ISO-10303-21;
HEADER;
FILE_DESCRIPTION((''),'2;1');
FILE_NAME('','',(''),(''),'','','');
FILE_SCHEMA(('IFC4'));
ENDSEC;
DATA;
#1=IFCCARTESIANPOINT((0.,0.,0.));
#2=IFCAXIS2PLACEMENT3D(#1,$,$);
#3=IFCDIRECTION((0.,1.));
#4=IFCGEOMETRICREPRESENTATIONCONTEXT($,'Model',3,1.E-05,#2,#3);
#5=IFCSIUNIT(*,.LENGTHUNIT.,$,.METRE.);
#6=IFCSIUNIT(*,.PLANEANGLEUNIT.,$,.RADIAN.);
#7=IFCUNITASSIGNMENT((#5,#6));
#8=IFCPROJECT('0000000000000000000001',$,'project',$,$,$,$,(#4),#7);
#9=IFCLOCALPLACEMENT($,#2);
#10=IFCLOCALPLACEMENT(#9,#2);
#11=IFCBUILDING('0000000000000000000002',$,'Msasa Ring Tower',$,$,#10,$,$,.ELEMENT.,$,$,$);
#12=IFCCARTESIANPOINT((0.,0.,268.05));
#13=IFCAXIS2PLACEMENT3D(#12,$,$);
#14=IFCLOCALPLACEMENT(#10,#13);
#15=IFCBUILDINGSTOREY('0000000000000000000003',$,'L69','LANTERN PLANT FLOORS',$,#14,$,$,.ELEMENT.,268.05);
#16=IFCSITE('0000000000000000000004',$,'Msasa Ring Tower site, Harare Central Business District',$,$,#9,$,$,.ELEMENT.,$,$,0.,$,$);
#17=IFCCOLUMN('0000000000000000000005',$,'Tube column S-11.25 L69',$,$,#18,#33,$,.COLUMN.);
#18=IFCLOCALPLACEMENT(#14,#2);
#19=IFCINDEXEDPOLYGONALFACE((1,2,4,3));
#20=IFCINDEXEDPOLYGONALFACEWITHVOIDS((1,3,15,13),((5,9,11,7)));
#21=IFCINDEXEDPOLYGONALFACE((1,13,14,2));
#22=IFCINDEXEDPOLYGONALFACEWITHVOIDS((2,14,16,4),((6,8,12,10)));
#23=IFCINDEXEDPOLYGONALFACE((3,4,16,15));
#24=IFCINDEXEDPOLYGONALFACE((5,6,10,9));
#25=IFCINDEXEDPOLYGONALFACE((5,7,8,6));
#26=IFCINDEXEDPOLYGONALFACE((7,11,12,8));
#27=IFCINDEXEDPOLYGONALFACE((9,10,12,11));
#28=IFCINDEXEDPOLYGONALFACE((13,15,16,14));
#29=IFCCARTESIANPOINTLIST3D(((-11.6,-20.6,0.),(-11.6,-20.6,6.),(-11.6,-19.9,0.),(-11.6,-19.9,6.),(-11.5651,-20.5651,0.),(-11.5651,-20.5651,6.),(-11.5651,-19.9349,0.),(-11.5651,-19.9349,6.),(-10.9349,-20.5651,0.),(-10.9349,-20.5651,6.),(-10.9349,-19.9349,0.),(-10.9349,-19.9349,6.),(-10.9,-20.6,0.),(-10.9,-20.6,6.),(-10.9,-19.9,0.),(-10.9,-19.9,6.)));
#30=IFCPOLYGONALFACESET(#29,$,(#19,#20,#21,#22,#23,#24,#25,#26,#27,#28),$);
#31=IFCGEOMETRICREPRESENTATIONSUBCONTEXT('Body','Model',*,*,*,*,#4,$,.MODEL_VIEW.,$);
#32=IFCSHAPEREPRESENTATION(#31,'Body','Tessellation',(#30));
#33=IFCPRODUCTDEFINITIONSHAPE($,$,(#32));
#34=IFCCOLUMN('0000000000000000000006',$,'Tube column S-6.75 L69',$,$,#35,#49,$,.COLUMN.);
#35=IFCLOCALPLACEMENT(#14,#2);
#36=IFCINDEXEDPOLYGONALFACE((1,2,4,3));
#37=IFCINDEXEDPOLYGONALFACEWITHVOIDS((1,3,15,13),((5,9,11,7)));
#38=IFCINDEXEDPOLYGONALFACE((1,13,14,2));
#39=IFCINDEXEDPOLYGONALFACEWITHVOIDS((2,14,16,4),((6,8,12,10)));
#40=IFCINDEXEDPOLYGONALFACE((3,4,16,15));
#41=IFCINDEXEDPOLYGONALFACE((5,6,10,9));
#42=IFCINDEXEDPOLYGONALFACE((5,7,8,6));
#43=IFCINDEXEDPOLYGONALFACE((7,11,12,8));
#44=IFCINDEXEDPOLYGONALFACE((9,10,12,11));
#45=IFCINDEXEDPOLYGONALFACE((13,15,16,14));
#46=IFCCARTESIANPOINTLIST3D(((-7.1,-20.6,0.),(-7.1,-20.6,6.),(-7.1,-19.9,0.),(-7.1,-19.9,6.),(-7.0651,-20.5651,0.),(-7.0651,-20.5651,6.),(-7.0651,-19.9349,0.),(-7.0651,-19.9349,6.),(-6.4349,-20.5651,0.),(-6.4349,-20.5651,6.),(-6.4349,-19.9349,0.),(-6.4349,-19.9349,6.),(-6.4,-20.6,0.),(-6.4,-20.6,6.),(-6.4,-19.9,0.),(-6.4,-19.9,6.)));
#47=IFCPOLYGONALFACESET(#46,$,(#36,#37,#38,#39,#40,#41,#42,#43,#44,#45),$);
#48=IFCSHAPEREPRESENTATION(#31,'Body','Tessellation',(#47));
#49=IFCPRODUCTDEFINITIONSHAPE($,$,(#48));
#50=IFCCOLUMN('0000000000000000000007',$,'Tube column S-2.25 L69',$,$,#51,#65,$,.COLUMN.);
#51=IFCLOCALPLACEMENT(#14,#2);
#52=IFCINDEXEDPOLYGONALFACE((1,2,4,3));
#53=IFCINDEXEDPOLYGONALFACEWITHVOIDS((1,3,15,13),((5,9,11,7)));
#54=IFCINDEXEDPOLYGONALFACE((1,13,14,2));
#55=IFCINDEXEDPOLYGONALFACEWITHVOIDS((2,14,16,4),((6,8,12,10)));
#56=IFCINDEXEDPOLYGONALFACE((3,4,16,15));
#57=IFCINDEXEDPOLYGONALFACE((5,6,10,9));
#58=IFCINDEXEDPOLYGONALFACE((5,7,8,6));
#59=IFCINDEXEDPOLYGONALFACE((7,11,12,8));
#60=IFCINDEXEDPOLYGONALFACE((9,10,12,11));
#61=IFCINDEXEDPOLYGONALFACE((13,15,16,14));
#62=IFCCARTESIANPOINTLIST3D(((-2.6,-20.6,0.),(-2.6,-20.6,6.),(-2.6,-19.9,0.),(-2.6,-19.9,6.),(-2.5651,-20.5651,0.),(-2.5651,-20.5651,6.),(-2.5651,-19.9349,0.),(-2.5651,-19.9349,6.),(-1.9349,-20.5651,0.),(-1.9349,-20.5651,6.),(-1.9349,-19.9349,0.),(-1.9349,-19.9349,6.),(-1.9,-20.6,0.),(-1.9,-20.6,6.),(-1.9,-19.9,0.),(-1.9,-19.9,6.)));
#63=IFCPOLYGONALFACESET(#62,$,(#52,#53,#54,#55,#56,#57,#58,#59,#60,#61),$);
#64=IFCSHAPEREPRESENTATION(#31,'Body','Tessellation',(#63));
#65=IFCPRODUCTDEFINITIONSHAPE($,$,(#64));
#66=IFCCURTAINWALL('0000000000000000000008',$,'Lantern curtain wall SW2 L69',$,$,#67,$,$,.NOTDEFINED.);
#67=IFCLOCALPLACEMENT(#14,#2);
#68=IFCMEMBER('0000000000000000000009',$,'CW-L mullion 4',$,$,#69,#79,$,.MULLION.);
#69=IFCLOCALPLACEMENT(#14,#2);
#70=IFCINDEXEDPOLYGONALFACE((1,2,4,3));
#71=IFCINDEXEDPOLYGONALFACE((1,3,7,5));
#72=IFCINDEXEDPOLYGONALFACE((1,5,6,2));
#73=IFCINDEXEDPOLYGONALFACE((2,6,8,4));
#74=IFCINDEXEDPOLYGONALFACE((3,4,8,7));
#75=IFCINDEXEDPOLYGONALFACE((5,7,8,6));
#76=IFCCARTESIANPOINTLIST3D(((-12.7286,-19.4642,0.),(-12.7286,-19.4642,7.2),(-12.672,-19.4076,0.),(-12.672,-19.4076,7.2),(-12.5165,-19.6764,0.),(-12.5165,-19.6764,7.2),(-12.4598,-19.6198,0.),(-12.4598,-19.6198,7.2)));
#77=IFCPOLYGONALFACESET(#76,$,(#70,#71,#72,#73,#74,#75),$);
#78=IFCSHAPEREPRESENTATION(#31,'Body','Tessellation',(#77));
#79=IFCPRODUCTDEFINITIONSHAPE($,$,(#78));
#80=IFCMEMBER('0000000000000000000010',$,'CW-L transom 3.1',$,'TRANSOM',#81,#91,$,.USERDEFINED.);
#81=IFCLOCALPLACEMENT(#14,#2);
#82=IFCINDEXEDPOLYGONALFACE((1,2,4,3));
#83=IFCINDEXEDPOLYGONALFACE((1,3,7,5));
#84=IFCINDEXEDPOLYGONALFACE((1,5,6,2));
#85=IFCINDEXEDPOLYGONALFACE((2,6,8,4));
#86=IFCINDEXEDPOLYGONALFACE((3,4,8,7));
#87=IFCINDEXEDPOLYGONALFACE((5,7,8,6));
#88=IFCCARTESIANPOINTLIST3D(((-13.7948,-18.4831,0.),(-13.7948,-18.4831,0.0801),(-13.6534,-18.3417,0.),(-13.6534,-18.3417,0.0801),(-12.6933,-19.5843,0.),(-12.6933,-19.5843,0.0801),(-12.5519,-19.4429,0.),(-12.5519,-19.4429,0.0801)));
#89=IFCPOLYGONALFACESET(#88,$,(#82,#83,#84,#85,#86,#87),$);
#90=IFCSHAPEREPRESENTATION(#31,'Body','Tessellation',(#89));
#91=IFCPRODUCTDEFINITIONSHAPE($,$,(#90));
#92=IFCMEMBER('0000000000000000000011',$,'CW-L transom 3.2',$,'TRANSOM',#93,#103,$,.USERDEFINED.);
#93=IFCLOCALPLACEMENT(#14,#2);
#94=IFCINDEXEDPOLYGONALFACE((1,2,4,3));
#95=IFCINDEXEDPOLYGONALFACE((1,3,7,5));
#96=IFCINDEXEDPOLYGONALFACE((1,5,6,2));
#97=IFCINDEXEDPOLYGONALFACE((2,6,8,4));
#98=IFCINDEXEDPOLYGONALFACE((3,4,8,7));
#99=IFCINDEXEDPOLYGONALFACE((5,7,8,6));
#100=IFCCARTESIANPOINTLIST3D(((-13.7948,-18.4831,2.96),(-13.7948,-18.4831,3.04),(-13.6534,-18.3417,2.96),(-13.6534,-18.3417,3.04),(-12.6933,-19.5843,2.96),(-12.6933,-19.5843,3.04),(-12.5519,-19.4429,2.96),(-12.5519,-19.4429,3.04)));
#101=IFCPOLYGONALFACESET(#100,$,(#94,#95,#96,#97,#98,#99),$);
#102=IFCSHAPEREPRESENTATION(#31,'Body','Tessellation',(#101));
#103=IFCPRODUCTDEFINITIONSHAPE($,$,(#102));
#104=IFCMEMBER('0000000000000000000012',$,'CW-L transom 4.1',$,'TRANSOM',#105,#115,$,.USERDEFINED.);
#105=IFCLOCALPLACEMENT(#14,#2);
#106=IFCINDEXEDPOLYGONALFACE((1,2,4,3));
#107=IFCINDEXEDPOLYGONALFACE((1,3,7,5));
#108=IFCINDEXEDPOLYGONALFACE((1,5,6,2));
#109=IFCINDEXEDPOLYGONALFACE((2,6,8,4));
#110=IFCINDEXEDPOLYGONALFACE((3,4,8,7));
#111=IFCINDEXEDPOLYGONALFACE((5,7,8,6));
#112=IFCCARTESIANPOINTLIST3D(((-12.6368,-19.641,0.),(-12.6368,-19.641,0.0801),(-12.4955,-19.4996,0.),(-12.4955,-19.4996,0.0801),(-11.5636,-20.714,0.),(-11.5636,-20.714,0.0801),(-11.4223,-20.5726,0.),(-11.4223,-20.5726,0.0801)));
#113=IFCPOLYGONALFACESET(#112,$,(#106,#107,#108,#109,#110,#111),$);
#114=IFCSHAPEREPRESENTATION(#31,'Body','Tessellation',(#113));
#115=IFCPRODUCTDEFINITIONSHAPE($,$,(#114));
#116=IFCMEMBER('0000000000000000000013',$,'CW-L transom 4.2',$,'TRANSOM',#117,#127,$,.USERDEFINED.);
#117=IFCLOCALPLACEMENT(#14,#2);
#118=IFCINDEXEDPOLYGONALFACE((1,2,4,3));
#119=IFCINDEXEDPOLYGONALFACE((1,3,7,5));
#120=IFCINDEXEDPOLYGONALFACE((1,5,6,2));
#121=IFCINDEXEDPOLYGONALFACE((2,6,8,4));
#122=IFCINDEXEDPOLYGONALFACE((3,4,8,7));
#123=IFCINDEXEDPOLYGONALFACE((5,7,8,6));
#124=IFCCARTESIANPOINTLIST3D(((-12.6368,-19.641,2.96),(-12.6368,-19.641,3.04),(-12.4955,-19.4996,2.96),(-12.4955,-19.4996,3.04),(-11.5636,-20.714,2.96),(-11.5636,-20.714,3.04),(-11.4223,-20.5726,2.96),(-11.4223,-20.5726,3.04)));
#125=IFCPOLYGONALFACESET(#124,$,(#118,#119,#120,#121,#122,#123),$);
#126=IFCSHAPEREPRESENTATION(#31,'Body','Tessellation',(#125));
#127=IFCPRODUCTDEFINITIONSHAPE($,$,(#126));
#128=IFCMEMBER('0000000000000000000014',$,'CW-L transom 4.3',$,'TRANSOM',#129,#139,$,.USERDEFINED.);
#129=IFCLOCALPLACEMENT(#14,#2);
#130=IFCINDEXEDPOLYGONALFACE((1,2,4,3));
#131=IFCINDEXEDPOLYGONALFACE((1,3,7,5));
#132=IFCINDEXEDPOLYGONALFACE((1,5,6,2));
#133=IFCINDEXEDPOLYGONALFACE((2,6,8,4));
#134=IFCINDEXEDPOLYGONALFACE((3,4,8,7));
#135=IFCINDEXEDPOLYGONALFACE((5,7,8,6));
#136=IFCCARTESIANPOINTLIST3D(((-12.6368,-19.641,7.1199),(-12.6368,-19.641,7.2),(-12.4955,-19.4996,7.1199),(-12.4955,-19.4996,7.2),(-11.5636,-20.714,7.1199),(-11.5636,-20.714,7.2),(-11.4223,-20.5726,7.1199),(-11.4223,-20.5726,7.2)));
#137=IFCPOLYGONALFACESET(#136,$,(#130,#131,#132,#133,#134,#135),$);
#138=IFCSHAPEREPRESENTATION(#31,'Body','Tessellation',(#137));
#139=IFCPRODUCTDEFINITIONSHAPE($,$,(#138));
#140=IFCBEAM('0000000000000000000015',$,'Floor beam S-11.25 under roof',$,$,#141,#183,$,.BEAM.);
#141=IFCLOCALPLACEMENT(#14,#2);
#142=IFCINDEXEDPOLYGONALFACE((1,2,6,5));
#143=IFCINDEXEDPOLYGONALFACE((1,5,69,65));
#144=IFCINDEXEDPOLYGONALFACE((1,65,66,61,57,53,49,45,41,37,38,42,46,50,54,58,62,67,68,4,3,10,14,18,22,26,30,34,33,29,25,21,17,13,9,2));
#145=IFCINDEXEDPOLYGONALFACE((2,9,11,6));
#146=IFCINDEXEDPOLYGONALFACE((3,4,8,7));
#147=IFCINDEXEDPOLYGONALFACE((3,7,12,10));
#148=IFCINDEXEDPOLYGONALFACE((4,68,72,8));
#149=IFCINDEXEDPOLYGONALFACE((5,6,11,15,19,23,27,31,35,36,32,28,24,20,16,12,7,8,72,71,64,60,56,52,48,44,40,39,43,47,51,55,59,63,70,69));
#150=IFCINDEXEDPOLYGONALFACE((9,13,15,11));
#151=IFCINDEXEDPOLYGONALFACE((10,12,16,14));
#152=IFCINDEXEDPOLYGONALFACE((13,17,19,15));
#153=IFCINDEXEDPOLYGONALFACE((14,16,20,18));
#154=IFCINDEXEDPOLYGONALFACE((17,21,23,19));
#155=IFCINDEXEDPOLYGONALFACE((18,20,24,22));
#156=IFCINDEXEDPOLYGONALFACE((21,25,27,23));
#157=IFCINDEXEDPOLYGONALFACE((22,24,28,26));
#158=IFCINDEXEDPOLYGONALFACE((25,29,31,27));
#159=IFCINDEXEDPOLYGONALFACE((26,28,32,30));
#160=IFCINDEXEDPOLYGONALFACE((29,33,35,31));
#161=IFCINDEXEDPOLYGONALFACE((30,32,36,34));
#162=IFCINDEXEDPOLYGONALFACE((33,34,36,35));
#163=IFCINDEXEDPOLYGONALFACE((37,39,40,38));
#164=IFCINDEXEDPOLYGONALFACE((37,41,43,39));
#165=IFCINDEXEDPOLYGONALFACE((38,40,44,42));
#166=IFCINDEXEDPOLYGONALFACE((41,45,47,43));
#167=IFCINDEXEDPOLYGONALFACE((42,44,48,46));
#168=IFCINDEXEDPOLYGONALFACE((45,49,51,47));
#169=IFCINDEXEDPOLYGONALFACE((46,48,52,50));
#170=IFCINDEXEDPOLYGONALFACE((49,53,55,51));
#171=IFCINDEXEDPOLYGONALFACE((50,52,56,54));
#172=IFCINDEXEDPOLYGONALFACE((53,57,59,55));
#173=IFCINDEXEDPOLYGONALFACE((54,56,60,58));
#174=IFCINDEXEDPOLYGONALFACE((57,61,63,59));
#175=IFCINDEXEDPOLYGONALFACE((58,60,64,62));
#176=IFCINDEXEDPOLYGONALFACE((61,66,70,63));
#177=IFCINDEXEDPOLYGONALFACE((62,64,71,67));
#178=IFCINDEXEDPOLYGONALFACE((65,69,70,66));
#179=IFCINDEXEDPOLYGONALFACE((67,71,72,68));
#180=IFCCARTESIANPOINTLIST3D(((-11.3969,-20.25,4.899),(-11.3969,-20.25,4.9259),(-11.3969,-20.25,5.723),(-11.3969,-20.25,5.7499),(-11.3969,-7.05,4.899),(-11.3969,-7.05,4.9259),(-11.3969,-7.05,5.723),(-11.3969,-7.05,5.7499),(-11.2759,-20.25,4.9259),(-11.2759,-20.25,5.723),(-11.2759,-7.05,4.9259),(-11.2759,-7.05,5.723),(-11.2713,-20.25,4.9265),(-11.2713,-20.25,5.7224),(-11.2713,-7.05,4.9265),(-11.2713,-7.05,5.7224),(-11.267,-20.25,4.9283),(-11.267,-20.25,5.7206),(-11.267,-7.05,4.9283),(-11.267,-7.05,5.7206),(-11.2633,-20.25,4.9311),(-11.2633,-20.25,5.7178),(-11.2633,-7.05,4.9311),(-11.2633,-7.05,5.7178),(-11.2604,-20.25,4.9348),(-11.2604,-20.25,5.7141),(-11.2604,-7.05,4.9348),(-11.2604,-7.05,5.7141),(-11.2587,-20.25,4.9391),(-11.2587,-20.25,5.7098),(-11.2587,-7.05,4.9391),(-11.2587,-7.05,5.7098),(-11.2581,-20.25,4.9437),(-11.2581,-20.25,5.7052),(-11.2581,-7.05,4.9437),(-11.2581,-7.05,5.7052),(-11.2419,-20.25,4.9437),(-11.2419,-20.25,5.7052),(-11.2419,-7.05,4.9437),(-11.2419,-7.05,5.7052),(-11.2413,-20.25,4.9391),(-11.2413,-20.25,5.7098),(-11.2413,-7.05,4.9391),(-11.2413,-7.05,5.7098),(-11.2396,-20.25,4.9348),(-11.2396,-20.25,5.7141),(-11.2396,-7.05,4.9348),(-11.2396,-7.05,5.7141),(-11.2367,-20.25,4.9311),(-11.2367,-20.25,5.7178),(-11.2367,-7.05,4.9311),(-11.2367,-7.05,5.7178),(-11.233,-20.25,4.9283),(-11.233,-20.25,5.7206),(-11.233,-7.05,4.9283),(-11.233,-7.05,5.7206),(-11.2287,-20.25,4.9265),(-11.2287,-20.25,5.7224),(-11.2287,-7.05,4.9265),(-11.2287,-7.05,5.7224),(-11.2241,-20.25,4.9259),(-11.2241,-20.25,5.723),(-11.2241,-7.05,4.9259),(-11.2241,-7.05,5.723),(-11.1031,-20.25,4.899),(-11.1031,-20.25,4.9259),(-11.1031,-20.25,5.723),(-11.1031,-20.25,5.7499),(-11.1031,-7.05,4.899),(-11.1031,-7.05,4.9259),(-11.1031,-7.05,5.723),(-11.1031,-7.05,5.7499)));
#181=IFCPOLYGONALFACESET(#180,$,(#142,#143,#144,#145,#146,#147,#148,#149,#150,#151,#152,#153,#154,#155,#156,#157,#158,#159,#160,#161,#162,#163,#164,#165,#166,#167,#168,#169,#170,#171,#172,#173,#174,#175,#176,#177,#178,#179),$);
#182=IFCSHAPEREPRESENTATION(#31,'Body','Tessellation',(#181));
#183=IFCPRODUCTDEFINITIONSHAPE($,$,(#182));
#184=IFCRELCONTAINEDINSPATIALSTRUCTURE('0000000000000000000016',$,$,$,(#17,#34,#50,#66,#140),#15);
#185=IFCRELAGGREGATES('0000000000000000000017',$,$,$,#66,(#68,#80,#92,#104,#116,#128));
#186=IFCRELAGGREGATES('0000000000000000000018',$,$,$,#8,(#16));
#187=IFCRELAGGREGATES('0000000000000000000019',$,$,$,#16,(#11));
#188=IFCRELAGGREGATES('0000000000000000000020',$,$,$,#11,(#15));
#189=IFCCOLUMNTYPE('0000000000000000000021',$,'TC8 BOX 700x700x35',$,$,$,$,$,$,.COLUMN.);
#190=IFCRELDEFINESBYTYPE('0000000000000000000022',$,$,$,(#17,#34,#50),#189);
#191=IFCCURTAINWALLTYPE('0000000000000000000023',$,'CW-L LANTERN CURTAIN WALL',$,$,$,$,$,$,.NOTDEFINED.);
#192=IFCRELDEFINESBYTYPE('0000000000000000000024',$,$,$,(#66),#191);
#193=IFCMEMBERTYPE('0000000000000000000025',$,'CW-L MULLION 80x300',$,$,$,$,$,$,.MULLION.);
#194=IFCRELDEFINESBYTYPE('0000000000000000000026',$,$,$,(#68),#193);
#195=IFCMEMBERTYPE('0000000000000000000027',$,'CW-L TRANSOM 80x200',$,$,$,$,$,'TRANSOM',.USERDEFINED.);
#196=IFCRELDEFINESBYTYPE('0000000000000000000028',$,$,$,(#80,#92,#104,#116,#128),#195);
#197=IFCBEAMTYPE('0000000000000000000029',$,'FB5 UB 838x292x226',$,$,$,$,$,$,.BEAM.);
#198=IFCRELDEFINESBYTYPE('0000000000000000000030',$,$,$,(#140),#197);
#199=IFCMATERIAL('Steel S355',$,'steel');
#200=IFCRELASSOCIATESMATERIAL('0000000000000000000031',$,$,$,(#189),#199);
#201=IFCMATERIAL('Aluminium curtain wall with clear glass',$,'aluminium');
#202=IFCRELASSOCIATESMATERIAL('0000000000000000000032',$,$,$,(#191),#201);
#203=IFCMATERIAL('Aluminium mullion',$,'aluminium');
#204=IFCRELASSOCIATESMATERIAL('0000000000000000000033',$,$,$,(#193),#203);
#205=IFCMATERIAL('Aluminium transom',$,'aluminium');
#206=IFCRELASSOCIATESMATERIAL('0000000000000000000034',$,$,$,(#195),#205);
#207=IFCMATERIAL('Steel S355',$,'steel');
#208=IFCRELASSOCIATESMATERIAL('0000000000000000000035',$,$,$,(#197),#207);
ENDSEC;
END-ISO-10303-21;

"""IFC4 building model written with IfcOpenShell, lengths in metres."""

from ifc_helpers import new_model, si_unit, direction, frame, origin, origin_2d, place, context, subcontext, project, spatial, rectangle, hollow_rectangle, i_section, extrude, material, material_profile, profile_set, type_object, element, aggregate, save


model = new_model("IFC4")

# Units and contexts
model_context = context("Model", 3, precision=1e-05, world=origin(), true_north=direction((0.0, 1.0)))
body_context = subcontext(model_context, "Body", "Model", "MODEL_VIEW")
ifc_project = project(units=[si_unit("LENGTHUNIT", "METRE"), si_unit("PLANEANGLEUNIT", "RADIAN")], contexts=[model_context])

# Site, building, storey
site_placement = place(None, origin())
site = spatial("IfcSite", under=ifc_project, at=site_placement, Name="Msasa Ring Tower site, Harare Central Business District", CompositionType="ELEMENT", RefElevation=0.0)
building_placement = place(site_placement, origin())
building = spatial("IfcBuilding", under=site, at=building_placement, Name="Msasa Ring Tower", CompositionType="ELEMENT")
storey_placement = place(building_placement, frame((0.0, 0.0, 268.05)))
storey = spatial("IfcBuildingStorey", under=building, at=storey_placement, Name="L69", Description="LANTERN PLANT FLOORS", CompositionType="ELEMENT", Elevation=268.05)

# Columns
ifc_material_1 = material(Name="Steel S355", Category="steel")
ifc_material_profile_1 = material_profile(ifc_material_1, hollow_rectangle(XDim=0.7, YDim=0.7, WallThickness=0.0349, at=origin_2d()), Name="BOX 700x700x35")
ifc_profile_set_1 = profile_set([ifc_material_profile_1], Name="Steel S355")
column_type = type_object("IfcColumnType", Name="TC8 BOX 700x700x35", PredefinedType="COLUMN", material=ifc_profile_set_1)
for number, where, z_axis, x_axis, name in (
    (1, (-11.25, -20.25, 0.0), (0.0, 0.0, 1.0), (0.0, 1.0, 0.0), "Tube column S-11.25 L69"),
    (2, (-6.75, -20.25, 0.0), (0.0, 0.0, 1.0), (0.0, 1.0, 0.0), "Tube column S-6.75 L69"),
    (3, (-2.25, -20.25, 0.0), (0.0, 0.0, 1.0), (0.0, 1.0, 0.0), "Tube column S-2.25 L69"),
):
    element("IfcColumn", number, at=place(storey_placement, frame(where, z_axis=z_axis, x_axis=x_axis)), inside=storey, type_object=column_type, Name=name, PredefinedType="COLUMN", context=body_context, shape_type="SweptSolid", body=[
        extrude(hollow_rectangle(XDim=0.7, YDim=0.7, WallThickness=0.0349, at=origin_2d()), origin(), (0.0, 0.0, 1.0), 6.0),
    ])

# Curtain wall, members
ifc_material_2 = material(Name="Aluminium curtain wall with clear glass", Category="aluminium")
curtain_wall_type = type_object("IfcCurtainWallType", Name="CW-L LANTERN CURTAIN WALL", PredefinedType="NOTDEFINED", material=ifc_material_2)
curtain_wall_placement = place(storey_placement, origin())
curtain_wall = element("IfcCurtainWall", 4, at=curtain_wall_placement, inside=storey, type_object=curtain_wall_type, Name="Lantern curtain wall SW2 L69", PredefinedType="NOTDEFINED")
ifc_material_3 = material(Name="Aluminium mullion", Category="aluminium")
ifc_material_profile_2 = material_profile(ifc_material_3, rectangle(XDim=0.0801, YDim=0.3, at=origin_2d()), Name="AL 80x300")
ifc_profile_set_2 = profile_set([ifc_material_profile_2], Name="Aluminium mullion")
member_type_1 = type_object("IfcMemberType", Name="CW-L MULLION 80x300", PredefinedType="MULLION", material=ifc_profile_set_2)
member_1_placement = place(storey_placement, frame((-12.5942, -19.542, 0.0), z_axis=(0.0, 0.0, 1.0), x_axis=(0.707107, 0.707107, 0.0)))
member_1 = element("IfcMember", 5, at=member_1_placement, type_object=member_type_1, Name="CW-L mullion 4", PredefinedType="MULLION", context=body_context, shape_type="SweptSolid", body=[
    extrude(rectangle(XDim=0.0801, YDim=0.3, at=origin_2d()), origin(), (0.0, 0.0, 1.0), 7.2),
])
ifc_material_4 = material(Name="Aluminium transom", Category="aluminium")
ifc_material_profile_3 = material_profile(ifc_material_4, rectangle(XDim=0.2, YDim=0.0801, at=origin_2d()), Name="AL 80x200")
ifc_profile_set_3 = profile_set([ifc_material_profile_3], Name="Aluminium transom")
member_type_2 = type_object("IfcMemberType", Name="CW-L TRANSOM 80x200", ElementType="TRANSOM", PredefinedType="USERDEFINED", material=ifc_profile_set_3)
member_2_placement = place(storey_placement, frame((-13.7241, -18.4124, 0.04), z_axis=(0.707185, -0.707028, 0.0), x_axis=(0.707028, 0.707185, 0.0)))
member_2 = element("IfcMember", 6, at=member_2_placement, type_object=member_type_2, Name="CW-L transom 3.1", ObjectType="TRANSOM", PredefinedType="USERDEFINED", context=body_context, shape_type="SweptSolid", body=[
    extrude(rectangle(XDim=0.2, YDim=0.0801, at=origin_2d()), origin(), (0.0, 0.0, 1.0), 1.5576),
])
member_3_placement = place(storey_placement, frame((-13.7241, -18.4124, 3.0), z_axis=(0.707185, -0.707028, 0.0), x_axis=(0.707028, 0.707185, 0.0)))
member_3 = element("IfcMember", 7, at=member_3_placement, type_object=member_type_2, Name="CW-L transom 3.2", ObjectType="TRANSOM", PredefinedType="USERDEFINED", context=body_context, shape_type="SweptSolid", body=[
    extrude(rectangle(XDim=0.2, YDim=0.0801, at=origin_2d()), origin(), (0.0, 0.0, 1.0), 1.5576),
])
member_4_placement = place(storey_placement, frame((-12.5662, -19.5703, 0.04), z_axis=(0.707187, -0.707026, 0.0), x_axis=(0.707026, 0.707187, 0.0)))
member_4 = element("IfcMember", 8, at=member_4_placement, type_object=member_type_2, Name="CW-L transom 4.1", ObjectType="TRANSOM", PredefinedType="USERDEFINED", context=body_context, shape_type="SweptSolid", body=[
    extrude(rectangle(XDim=0.2, YDim=0.0801, at=origin_2d()), origin(), (0.0, 0.0, 1.0), 1.5176),
])
member_5_placement = place(storey_placement, frame((-12.5662, -19.5703, 3.0), z_axis=(0.707187, -0.707026, 0.0), x_axis=(0.707026, 0.707187, 0.0)))
member_5 = element("IfcMember", 9, at=member_5_placement, type_object=member_type_2, Name="CW-L transom 4.2", ObjectType="TRANSOM", PredefinedType="USERDEFINED", context=body_context, shape_type="SweptSolid", body=[
    extrude(rectangle(XDim=0.2, YDim=0.0801, at=origin_2d()), origin(), (0.0, 0.0, 1.0), 1.5176),
])
member_6_placement = place(storey_placement, frame((-12.5662, -19.5703, 7.1599), z_axis=(0.707187, -0.707026, 0.0), x_axis=(0.707026, 0.707187, 0.0)))
member_6 = element("IfcMember", 10, at=member_6_placement, type_object=member_type_2, Name="CW-L transom 4.3", ObjectType="TRANSOM", PredefinedType="USERDEFINED", context=body_context, shape_type="SweptSolid", body=[
    extrude(rectangle(XDim=0.2, YDim=0.0801, at=origin_2d()), origin(), (0.0, 0.0, 1.0), 1.5176),
])

# Beam
ifc_material_5 = material(Name="Steel S355", Category="steel")
ifc_material_profile_4 = material_profile(ifc_material_5, i_section(OverallWidth=0.2937, OverallDepth=0.8508, WebThickness=0.0161, FlangeThickness=0.0269, FilletRadius=0.0178, at=origin_2d()), Name="UB 838x292x226")
ifc_profile_set_4 = profile_set([ifc_material_profile_4], Name="Steel S355")
beam_type_1 = type_object("IfcBeamType", Name="FB5 UB 838x292x226", PredefinedType="BEAM", material=ifc_profile_set_4)
beam_placement = place(storey_placement, frame((-11.25, -20.25, 5.3245), z_axis=(0.0, 1.0, 0.0), x_axis=(-1.0, 0.0, 0.0)))
element("IfcBeam", 11, at=beam_placement, inside=storey, type_object=beam_type_1, Name="Floor beam S-11.25 under roof", PredefinedType="BEAM", context=body_context, shape_type="SweptSolid", body=[
    extrude(i_section(OverallWidth=0.2937, OverallDepth=0.8508, WebThickness=0.0161, FlangeThickness=0.0269, FilletRadius=0.0178, at=origin_2d()), origin(), (0.0, 0.0, 1.0), 13.2),
])

aggregate(curtain_wall, [member_1, member_2, member_3, member_4, member_5, member_6])

save(model, "model.ifc")
